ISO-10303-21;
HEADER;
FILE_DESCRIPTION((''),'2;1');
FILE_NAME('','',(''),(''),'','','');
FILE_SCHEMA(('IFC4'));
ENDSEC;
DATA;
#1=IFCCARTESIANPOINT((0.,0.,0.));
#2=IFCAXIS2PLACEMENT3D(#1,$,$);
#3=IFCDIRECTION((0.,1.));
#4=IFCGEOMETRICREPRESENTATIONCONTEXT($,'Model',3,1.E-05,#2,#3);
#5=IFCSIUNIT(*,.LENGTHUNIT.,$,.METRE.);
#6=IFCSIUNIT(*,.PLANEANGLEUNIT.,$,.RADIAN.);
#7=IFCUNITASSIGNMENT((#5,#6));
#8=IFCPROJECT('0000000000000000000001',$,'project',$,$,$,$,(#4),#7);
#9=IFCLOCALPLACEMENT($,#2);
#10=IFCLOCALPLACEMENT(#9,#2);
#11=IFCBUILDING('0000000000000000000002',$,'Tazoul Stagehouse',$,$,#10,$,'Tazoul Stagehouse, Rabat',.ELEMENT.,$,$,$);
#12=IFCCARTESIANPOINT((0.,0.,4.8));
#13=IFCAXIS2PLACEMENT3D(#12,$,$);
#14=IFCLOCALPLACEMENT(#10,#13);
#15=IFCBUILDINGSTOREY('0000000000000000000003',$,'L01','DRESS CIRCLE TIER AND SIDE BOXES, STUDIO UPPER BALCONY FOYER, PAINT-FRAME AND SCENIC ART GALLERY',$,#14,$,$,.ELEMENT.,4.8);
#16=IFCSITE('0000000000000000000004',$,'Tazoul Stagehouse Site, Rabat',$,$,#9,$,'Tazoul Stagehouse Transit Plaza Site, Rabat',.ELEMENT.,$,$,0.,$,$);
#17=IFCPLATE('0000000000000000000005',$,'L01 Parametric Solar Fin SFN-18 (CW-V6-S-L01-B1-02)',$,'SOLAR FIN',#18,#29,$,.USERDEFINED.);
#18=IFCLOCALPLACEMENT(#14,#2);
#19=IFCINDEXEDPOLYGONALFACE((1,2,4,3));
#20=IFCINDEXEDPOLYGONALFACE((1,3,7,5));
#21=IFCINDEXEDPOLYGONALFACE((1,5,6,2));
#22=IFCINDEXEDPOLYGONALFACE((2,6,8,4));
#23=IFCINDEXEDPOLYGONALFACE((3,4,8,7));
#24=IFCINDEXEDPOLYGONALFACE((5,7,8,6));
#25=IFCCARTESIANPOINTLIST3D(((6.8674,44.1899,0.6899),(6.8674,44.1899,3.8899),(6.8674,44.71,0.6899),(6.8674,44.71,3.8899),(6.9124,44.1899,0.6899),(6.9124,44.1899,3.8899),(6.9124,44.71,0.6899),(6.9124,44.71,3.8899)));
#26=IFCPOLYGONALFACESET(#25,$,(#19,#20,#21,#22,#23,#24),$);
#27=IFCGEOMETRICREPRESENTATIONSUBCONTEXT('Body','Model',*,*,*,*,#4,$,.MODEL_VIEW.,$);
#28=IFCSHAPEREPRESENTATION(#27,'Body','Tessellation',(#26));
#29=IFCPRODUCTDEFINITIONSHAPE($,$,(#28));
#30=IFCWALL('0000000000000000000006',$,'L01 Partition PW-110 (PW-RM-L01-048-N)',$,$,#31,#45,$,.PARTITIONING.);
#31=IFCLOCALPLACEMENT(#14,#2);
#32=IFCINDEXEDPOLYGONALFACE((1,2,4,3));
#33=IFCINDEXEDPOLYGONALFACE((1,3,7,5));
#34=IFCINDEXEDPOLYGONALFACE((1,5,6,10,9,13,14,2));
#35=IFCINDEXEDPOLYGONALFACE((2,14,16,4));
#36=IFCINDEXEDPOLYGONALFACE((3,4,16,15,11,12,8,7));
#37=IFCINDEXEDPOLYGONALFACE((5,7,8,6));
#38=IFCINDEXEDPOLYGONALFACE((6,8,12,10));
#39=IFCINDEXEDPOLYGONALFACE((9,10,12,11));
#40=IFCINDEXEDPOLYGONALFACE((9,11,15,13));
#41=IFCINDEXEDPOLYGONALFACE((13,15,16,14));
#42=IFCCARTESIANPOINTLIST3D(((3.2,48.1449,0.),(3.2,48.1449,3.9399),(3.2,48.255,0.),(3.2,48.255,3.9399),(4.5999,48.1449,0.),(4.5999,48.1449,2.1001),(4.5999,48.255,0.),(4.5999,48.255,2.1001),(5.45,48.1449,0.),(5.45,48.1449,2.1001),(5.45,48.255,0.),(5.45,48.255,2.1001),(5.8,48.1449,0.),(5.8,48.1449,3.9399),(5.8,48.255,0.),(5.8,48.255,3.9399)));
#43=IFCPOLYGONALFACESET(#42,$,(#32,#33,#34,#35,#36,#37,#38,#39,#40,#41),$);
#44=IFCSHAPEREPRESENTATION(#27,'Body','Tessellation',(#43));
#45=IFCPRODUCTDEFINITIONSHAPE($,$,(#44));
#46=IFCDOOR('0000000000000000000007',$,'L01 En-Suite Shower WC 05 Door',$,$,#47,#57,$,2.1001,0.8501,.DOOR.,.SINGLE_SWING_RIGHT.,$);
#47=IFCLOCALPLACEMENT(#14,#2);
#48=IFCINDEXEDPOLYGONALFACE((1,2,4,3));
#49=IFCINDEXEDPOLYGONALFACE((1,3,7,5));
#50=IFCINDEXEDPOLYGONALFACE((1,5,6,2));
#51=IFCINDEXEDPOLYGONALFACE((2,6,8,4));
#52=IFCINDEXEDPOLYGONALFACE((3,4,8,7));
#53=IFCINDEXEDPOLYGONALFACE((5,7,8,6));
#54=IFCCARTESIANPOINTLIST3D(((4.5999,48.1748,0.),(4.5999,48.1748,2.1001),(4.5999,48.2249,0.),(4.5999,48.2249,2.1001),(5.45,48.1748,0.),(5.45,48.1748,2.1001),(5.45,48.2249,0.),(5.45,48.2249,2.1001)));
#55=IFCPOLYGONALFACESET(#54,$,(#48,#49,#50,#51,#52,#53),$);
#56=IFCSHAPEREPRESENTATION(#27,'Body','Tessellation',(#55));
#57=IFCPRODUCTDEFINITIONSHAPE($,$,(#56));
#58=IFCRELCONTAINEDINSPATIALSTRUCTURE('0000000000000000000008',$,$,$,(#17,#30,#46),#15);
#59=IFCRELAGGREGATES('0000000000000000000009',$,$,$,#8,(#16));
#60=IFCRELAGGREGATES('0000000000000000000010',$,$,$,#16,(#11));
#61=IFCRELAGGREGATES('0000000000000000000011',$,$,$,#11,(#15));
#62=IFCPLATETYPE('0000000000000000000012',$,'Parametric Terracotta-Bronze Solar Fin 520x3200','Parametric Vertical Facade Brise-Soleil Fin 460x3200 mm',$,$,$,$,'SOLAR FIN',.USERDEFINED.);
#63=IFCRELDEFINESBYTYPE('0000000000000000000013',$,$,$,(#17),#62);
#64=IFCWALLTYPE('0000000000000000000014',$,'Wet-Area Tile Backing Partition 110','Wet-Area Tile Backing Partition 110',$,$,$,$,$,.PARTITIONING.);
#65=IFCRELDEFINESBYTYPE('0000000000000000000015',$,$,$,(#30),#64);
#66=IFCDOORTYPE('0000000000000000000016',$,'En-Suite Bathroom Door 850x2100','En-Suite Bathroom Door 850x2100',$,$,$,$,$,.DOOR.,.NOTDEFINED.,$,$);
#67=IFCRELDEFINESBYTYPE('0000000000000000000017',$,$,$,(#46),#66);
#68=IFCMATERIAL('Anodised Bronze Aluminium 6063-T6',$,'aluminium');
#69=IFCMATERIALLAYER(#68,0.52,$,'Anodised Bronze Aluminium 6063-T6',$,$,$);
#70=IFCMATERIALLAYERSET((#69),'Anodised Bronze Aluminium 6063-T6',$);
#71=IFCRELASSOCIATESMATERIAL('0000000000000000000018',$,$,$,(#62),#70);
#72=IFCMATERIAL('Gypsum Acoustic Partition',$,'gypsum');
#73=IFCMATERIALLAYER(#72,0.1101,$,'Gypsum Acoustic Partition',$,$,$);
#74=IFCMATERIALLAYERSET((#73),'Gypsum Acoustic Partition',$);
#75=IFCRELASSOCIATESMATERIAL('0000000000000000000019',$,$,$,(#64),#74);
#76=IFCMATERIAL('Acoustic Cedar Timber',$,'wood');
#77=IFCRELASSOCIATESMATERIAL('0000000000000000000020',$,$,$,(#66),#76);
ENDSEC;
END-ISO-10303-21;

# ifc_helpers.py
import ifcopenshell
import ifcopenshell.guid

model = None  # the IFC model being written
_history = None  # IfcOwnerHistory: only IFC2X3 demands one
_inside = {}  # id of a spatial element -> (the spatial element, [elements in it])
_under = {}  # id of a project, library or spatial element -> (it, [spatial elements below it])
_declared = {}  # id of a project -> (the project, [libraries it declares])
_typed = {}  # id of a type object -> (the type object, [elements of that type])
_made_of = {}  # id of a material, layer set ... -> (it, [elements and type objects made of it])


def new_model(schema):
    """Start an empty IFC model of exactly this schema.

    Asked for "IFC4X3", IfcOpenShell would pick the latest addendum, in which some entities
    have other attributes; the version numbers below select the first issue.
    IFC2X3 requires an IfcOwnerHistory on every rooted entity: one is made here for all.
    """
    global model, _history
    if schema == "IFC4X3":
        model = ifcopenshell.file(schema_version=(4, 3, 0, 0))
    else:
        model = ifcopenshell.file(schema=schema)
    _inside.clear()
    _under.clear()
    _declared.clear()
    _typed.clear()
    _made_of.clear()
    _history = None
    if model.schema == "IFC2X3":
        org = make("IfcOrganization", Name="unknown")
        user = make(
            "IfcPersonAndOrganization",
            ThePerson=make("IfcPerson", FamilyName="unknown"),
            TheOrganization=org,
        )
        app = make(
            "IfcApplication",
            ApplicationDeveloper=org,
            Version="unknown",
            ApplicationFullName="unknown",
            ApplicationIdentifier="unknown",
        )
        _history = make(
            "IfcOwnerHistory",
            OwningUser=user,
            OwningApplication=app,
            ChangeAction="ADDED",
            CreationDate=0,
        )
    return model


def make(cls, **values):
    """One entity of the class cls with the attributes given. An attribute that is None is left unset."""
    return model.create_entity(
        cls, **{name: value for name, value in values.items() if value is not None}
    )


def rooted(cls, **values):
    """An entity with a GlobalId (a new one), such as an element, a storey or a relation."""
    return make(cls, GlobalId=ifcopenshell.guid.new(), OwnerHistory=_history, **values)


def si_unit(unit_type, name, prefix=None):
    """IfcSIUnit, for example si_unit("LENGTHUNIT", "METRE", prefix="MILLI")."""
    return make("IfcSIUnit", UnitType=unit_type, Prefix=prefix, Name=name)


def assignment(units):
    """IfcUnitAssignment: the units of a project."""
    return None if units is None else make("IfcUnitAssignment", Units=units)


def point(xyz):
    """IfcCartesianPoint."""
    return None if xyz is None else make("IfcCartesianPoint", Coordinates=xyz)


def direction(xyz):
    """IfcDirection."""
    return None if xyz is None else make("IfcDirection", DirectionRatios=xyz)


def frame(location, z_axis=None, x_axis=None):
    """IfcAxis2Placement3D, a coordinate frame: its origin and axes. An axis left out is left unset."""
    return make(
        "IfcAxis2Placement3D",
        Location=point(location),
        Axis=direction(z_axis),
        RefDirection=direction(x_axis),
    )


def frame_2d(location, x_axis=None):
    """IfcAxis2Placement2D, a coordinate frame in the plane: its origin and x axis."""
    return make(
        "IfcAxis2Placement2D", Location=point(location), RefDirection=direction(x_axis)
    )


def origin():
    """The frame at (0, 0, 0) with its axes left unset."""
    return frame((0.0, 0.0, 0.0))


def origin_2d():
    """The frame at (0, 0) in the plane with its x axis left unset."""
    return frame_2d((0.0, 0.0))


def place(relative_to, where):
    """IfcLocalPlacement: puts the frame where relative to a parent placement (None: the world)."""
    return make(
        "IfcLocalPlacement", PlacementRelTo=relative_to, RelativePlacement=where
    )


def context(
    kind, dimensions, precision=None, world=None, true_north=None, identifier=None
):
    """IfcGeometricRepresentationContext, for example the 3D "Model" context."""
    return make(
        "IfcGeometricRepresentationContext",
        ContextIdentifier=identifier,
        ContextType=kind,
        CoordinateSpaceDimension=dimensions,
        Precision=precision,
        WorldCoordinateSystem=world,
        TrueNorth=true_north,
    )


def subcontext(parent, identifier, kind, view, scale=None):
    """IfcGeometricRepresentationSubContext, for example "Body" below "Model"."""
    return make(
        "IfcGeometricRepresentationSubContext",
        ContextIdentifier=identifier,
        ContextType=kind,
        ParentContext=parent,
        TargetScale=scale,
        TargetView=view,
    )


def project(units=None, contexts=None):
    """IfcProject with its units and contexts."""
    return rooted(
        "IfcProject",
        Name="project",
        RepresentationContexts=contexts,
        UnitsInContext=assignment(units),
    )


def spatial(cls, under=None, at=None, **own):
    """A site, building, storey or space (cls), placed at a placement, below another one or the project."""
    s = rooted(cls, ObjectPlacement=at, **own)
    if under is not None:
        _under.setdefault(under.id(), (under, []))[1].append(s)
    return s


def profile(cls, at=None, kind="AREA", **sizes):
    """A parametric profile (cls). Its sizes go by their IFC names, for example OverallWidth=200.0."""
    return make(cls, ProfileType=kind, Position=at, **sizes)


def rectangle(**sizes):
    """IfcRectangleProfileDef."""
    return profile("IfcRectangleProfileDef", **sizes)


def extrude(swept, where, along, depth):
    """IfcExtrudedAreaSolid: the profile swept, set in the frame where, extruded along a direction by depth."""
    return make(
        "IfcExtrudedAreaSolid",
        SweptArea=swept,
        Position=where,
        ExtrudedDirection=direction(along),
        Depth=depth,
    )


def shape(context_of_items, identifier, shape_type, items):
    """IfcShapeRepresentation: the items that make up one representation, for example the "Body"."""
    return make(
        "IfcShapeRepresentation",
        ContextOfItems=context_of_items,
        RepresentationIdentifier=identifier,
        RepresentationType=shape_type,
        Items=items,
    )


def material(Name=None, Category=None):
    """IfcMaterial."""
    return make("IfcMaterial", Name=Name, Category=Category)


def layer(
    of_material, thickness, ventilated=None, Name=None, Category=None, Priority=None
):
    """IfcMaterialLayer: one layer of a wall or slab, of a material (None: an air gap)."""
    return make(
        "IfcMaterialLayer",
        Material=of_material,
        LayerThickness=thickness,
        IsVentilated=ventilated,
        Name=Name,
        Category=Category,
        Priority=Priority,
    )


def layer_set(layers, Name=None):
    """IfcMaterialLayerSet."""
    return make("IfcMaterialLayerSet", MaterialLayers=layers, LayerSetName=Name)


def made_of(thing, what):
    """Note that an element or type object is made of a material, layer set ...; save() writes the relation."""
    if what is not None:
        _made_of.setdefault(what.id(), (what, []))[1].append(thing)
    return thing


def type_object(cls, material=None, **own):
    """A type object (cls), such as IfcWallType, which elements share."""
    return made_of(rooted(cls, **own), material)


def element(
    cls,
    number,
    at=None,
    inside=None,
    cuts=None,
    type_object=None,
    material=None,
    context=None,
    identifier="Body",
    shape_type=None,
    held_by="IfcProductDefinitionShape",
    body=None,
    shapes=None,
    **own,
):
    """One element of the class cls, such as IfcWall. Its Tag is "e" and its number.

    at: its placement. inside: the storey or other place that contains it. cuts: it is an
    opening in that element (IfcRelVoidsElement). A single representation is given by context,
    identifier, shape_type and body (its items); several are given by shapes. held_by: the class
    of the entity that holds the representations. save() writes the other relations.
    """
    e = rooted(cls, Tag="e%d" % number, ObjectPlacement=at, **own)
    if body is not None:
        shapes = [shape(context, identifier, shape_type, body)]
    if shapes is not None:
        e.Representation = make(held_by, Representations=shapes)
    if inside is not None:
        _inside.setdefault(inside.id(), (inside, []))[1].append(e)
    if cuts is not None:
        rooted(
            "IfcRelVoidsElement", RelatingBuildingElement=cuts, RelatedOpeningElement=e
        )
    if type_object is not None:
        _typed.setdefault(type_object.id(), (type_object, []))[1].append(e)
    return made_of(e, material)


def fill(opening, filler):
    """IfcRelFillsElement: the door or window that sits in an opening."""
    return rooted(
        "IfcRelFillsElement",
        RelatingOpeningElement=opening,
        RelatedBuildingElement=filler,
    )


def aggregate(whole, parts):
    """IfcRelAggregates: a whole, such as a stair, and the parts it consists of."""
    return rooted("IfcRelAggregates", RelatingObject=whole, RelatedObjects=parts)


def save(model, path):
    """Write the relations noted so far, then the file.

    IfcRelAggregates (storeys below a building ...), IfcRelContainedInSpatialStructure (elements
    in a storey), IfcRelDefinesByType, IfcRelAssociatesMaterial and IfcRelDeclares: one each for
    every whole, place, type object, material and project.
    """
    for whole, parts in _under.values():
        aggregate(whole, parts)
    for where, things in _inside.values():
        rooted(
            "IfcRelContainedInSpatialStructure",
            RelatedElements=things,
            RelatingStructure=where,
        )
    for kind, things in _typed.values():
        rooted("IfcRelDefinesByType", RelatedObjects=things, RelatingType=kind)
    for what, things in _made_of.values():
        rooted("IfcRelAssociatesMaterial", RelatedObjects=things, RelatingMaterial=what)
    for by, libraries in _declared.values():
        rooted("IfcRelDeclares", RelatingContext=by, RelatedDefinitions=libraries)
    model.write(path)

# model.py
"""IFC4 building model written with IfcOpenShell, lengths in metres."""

from ifc_helpers import new_model, si_unit, direction, frame, frame_2d, origin, origin_2d, place, context, subcontext, project, spatial, rectangle, extrude, material, layer, layer_set, type_object, element, fill, save


model = new_model("IFC4")

# Units and contexts
model_context = context("Model", 3, precision=1e-05, world=origin(), true_north=direction((0.0, 1.0)))
body_context = subcontext(model_context, "Body", "Model", "MODEL_VIEW")
ifc_project = project(units=[si_unit("LENGTHUNIT", "METRE"), si_unit("PLANEANGLEUNIT", "RADIAN")], contexts=[model_context])

# Shared definitions
ifc_material_1 = material(Name="Anodised Bronze Aluminium 6063-T6", Category="aluminium")
site_placement = place(None, origin())
building_placement = place(site_placement, origin())
storey_placement = place(building_placement, frame((0.0, 0.0, 4.8)))

# Site, building, storey
site = spatial("IfcSite", under=ifc_project, at=site_placement, Name="Tazoul Stagehouse Site, Rabat", LongName="Tazoul Stagehouse Transit Plaza Site, Rabat", CompositionType="ELEMENT", RefElevation=0.0)
building = spatial("IfcBuilding", under=site, at=building_placement, Name="Tazoul Stagehouse", LongName="Tazoul Stagehouse, Rabat", CompositionType="ELEMENT")
storey = spatial("IfcBuildingStorey", under=building, at=storey_placement, Name="L01", Description="DRESS CIRCLE TIER AND SIDE BOXES, STUDIO UPPER BALCONY FOYER, PAINT-FRAME AND SCENIC ART GALLERY", CompositionType="ELEMENT", Elevation=4.8)

# Plate
ifc_layer_1 = layer(ifc_material_1, 0.52, Name="Anodised Bronze Aluminium 6063-T6")
ifc_layer_set_1 = layer_set([ifc_layer_1], Name="Anodised Bronze Aluminium 6063-T6")
plate_type_1 = type_object("IfcPlateType", Name="Parametric Terracotta-Bronze Solar Fin 520x3200", Description="Parametric Vertical Facade Brise-Soleil Fin 460x3200 mm", ElementType="SOLAR FIN", PredefinedType="USERDEFINED", material=ifc_layer_set_1)
plate_1_placement = place(storey_placement, frame((6.8899, 44.45, 0.6899), z_axis=(0.0, 0.0, 1.0), x_axis=(1.0, 0.0, 0.0)))
element("IfcPlate", 1, at=plate_1_placement, inside=storey, type_object=plate_type_1, Name="L01 Parametric Solar Fin SFN-18 (CW-V6-S-L01-B1-02)", ObjectType="SOLAR FIN", PredefinedType="USERDEFINED", context=body_context, shape_type="SweptSolid", body=[
    extrude(rectangle(XDim=0.0449, YDim=0.52, at=origin_2d()), origin(), (0.0, 0.0, 1.0), 3.2),
])

# Wall, opening, door
ifc_material_2 = material(Name="Gypsum Acoustic Partition", Category="gypsum")
ifc_layer_2 = layer(ifc_material_2, 0.1101, Name="Gypsum Acoustic Partition")
ifc_layer_set_2 = layer_set([ifc_layer_2], Name="Gypsum Acoustic Partition")
wall_type = type_object("IfcWallType", Name="Wet-Area Tile Backing Partition 110", Description="Wet-Area Tile Backing Partition 110", PredefinedType="PARTITIONING", material=ifc_layer_set_2)
wall_placement = place(storey_placement, frame((3.2, 48.2, 0.0), z_axis=(0.0, 0.0, 1.0), x_axis=(1.0, 0.0, 0.0)))
wall = element("IfcWall", 2, at=wall_placement, inside=storey, type_object=wall_type, Name="L01 Partition PW-110 (PW-RM-L01-048-N)", PredefinedType="PARTITIONING", context=body_context, shape_type="SweptSolid", body=[
    extrude(rectangle(XDim=2.6001, YDim=0.1101, at=frame_2d((1.3, 0.0))), origin(), (0.0, 0.0, 1.0), 3.9399),
])
opening_placement = place(wall_placement, frame((1.3999, 0.0, 0.0)))
opening = element("IfcOpeningElement", 3, at=opening_placement, cuts=wall, PredefinedType="OPENING", context=body_context, shape_type="SweptSolid", body=[
    extrude(rectangle(XDim=0.8501, YDim=2.1001, at=frame_2d((0.425, 1.05))), frame((0.0, 0.075, 0.0), z_axis=(0.0, -1.0, 0.0), x_axis=(1.0, 0.0, 0.0)), (0.0, 0.0, 1.0), 0.1501),
])
ifc_material_3 = material(Name="Acoustic Cedar Timber", Category="wood")
door_type = type_object("IfcDoorType", Name="En-Suite Bathroom Door 850x2100", Description="En-Suite Bathroom Door 850x2100", OperationType="NOTDEFINED", PredefinedType="DOOR", material=ifc_material_3)
door_placement = place(opening_placement, origin())
door = element("IfcDoor", 4, at=door_placement, inside=storey, type_object=door_type, Name="L01 En-Suite Shower WC 05 Door", OperationType="SINGLE_SWING_RIGHT", OverallHeight=2.1001, OverallWidth=0.8501, PredefinedType="DOOR", context=body_context, shape_type="SweptSolid", body=[
    extrude(rectangle(XDim=0.8501, YDim=2.1001, at=frame_2d((0.425, 1.05))), frame((0.0, 0.0249, 0.0), z_axis=(0.0, -1.0, 0.0), x_axis=(1.0, 0.0, 0.0)), (0.0, 0.0, 1.0), 0.05),
])
fill(opening, door)

save(model, "model.ifc")
